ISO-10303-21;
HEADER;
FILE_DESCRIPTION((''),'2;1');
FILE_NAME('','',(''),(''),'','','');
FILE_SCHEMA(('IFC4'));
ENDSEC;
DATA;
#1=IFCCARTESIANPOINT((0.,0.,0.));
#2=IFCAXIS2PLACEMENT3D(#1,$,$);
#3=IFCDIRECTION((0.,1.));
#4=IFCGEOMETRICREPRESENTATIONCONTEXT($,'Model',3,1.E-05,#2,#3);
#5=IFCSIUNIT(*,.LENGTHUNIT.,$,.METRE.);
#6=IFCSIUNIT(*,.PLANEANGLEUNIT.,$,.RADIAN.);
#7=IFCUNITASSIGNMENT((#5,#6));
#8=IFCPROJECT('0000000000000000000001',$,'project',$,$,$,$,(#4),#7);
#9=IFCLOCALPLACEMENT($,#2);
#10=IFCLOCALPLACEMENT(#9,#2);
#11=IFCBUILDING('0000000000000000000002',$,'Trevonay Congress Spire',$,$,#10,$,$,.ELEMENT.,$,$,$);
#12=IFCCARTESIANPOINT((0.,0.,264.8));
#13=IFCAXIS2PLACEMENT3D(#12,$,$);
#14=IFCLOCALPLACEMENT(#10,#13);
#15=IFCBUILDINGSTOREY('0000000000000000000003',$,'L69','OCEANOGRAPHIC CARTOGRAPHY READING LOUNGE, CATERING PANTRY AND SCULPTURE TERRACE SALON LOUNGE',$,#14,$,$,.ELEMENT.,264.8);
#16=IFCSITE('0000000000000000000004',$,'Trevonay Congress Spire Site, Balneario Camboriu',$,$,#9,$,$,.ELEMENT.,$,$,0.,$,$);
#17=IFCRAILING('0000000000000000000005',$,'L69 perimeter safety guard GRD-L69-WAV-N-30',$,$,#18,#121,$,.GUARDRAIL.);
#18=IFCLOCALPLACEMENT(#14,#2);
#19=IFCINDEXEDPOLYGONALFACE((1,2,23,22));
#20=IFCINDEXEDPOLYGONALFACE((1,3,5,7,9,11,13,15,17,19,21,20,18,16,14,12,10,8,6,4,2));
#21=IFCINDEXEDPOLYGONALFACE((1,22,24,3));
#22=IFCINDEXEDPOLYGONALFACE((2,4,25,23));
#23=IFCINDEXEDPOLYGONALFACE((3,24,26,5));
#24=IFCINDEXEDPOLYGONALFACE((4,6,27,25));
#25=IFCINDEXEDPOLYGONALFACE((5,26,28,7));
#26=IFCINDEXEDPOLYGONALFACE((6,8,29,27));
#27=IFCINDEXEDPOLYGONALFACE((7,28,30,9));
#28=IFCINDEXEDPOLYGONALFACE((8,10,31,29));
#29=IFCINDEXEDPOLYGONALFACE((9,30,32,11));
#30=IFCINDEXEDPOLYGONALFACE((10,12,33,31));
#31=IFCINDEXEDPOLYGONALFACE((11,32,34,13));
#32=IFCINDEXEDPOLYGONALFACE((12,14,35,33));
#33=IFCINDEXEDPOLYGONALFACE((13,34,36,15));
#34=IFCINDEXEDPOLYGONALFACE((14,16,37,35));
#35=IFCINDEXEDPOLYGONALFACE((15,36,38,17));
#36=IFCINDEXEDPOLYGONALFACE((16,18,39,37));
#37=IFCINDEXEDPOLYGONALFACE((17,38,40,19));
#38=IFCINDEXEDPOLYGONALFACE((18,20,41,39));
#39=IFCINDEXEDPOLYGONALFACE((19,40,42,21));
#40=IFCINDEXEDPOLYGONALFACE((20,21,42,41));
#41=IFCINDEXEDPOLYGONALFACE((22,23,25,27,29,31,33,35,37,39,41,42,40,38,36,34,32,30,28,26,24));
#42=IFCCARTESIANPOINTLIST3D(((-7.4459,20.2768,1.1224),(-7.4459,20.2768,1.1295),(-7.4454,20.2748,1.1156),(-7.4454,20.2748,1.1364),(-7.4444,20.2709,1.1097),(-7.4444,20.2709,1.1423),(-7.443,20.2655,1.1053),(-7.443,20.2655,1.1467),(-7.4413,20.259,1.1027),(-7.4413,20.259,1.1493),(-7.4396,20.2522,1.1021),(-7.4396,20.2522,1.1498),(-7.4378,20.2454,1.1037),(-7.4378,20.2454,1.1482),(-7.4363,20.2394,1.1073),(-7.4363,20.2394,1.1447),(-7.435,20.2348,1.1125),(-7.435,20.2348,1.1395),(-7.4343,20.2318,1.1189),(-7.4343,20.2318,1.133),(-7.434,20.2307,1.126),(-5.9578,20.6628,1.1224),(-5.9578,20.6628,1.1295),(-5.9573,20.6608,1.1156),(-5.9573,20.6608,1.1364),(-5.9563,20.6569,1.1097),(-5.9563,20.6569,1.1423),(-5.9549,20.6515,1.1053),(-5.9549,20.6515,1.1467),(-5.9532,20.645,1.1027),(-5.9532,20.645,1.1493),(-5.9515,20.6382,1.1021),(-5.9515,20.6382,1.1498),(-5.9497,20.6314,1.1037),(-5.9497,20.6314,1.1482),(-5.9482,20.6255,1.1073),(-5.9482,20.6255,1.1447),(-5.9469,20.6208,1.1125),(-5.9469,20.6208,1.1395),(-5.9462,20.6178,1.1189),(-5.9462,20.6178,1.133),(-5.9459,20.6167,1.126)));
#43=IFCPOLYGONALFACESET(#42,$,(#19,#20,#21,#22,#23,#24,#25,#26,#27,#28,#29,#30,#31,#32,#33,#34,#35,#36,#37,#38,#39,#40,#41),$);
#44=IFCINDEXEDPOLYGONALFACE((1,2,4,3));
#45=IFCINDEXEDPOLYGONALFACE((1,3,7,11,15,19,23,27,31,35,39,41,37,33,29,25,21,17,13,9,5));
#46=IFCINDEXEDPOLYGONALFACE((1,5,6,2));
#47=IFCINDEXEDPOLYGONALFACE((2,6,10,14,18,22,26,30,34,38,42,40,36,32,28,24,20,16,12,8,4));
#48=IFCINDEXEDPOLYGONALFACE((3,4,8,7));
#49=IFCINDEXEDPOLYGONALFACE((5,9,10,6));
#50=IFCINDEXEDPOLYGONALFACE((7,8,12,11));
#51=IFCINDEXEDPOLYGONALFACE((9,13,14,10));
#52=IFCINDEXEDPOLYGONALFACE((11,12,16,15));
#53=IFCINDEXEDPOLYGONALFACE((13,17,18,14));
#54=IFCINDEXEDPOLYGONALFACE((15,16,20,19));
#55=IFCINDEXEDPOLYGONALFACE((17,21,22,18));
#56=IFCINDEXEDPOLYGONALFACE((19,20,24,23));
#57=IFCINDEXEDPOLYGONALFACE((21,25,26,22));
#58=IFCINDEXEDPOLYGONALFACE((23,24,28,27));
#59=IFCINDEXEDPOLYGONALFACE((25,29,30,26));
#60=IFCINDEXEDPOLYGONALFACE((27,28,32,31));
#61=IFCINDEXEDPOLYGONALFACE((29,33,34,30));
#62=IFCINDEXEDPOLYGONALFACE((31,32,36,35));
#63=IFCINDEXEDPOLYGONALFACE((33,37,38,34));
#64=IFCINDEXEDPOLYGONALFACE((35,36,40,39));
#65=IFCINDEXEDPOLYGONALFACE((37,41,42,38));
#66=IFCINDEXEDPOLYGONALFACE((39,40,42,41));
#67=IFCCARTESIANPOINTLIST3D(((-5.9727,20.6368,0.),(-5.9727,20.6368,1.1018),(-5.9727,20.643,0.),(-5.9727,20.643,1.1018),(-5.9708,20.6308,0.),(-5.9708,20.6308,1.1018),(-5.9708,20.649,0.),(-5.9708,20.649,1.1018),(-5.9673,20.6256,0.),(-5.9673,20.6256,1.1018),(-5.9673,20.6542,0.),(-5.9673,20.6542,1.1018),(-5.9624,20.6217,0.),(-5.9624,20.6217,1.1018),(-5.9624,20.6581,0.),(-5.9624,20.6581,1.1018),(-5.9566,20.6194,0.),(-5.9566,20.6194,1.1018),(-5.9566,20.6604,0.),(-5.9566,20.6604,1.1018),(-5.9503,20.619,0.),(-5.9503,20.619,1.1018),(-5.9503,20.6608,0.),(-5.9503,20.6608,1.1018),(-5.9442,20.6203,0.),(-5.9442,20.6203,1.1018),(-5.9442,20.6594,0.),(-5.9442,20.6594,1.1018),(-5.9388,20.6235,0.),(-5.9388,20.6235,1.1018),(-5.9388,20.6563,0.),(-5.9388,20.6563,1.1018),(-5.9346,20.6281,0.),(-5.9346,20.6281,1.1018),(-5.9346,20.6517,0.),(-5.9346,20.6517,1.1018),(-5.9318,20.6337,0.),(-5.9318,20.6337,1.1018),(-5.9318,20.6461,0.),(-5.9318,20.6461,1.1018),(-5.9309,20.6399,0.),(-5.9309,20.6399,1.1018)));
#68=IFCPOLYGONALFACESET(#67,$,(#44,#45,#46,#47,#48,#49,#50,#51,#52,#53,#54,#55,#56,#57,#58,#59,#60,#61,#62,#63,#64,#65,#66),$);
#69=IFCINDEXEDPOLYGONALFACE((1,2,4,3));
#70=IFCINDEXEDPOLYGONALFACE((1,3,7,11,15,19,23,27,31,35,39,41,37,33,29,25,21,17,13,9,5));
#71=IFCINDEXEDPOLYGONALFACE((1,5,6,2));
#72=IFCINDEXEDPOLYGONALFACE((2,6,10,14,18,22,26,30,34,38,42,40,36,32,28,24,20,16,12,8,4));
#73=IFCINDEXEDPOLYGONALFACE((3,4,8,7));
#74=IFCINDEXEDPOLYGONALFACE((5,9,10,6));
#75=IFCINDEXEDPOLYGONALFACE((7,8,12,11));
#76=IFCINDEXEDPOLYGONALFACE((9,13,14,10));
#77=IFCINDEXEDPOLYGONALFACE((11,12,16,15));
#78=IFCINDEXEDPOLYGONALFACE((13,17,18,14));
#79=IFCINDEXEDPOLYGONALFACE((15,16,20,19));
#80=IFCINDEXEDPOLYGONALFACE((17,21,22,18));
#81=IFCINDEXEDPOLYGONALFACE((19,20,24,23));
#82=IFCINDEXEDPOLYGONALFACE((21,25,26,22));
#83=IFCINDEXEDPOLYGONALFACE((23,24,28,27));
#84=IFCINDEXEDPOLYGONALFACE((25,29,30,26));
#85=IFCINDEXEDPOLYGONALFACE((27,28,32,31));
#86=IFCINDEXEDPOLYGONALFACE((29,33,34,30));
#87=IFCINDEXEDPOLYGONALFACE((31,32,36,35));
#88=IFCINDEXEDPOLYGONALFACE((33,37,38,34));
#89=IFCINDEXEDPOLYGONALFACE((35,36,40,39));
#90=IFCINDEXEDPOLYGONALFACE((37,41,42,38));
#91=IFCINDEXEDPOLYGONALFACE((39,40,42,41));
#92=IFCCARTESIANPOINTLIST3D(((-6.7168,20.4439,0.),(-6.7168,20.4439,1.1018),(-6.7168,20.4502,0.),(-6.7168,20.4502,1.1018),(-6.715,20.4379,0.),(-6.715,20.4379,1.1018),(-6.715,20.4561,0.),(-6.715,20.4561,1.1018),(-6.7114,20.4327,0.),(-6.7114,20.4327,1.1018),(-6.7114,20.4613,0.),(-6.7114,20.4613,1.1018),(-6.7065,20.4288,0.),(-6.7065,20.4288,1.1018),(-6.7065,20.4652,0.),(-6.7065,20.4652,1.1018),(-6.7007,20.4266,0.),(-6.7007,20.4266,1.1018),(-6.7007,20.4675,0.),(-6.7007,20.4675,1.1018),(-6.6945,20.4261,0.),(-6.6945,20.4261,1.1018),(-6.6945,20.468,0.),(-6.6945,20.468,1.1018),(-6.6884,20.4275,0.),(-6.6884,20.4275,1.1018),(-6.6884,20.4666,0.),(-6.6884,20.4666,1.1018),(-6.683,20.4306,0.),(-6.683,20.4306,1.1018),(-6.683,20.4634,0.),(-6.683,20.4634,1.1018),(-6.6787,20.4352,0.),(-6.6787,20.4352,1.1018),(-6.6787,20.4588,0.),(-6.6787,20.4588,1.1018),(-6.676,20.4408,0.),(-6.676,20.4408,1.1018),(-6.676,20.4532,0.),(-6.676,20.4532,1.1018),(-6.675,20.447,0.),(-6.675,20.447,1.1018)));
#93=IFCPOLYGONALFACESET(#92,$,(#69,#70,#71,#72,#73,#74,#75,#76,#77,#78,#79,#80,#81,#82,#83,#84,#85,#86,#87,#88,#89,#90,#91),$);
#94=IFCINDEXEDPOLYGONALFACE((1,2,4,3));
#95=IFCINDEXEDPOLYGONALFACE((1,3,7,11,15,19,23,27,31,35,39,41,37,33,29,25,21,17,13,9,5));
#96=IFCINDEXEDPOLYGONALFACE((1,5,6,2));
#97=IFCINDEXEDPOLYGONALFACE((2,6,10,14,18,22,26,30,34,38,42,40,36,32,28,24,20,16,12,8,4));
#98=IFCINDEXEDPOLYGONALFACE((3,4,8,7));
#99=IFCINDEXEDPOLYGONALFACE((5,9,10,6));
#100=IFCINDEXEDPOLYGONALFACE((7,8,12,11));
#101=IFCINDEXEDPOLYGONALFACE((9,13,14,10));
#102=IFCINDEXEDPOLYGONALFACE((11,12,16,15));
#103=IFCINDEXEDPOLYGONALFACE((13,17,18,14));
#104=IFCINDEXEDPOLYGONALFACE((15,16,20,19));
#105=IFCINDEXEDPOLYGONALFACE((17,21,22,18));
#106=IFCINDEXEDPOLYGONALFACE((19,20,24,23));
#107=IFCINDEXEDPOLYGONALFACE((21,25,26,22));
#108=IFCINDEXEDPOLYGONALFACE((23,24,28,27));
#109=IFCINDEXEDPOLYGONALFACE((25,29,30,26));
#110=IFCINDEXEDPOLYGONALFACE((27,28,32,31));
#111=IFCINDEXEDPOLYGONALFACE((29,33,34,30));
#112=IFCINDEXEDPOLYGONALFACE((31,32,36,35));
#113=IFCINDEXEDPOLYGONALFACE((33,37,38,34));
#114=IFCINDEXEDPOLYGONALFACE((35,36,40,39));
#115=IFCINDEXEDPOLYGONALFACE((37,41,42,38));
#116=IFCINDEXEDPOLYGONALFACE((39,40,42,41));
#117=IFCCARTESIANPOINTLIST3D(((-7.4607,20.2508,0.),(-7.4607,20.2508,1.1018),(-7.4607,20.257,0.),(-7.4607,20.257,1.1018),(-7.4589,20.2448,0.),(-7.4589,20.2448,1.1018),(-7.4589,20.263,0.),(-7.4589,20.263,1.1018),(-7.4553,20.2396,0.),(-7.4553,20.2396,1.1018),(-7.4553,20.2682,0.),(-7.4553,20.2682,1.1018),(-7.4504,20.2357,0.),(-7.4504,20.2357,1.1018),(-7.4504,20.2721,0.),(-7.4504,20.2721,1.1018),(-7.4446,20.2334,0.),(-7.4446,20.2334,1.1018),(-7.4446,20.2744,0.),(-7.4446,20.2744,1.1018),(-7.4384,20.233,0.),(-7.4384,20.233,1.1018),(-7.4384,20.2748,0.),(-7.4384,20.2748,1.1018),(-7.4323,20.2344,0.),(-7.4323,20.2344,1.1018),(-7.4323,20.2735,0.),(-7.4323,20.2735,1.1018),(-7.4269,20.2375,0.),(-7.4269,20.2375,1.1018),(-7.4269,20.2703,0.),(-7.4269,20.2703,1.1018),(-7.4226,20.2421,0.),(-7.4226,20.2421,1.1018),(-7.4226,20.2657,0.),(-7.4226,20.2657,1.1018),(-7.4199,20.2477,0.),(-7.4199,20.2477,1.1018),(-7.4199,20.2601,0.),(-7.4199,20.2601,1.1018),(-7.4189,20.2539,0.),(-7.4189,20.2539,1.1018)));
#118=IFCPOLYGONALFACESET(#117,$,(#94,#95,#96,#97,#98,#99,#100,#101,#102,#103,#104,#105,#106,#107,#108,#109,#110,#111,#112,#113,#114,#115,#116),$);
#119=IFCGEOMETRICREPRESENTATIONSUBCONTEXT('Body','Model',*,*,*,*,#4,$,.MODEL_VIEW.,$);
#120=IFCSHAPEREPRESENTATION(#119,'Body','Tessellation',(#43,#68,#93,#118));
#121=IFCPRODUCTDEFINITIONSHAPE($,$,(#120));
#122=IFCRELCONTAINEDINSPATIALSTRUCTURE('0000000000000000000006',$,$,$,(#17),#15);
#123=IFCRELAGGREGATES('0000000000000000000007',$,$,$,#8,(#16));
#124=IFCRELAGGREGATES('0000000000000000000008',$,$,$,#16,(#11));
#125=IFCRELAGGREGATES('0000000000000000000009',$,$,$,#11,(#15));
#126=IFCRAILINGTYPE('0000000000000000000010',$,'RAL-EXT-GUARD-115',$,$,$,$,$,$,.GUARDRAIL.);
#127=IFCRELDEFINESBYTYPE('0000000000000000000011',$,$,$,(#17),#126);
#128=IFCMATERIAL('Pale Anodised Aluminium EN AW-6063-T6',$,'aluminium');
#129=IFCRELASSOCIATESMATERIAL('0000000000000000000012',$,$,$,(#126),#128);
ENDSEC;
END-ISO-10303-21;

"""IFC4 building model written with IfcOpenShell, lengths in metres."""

from ifc_helpers import new_model, si_unit, direction, frame, origin, origin_2d, place, context, subcontext, project, spatial, circle, extrude, material, type_object, element, save


model = new_model("IFC4")

# Units and contexts
model_context = context("Model", 3, precision=1e-05, world=origin(), true_north=direction((0.0, 1.0)))
body_context = subcontext(model_context, "Body", "Model", "MODEL_VIEW")
ifc_project = project(units=[si_unit("LENGTHUNIT", "METRE"), si_unit("PLANEANGLEUNIT", "RADIAN")], contexts=[model_context])

# Site, building, storey
site_placement = place(None, origin())
site = spatial("IfcSite", under=ifc_project, at=site_placement, Name="Trevonay Congress Spire Site, Balneario Camboriu", CompositionType="ELEMENT", RefElevation=0.0)
building_placement = place(site_placement, origin())
building = spatial("IfcBuilding", under=site, at=building_placement, Name="Trevonay Congress Spire", CompositionType="ELEMENT")
storey_placement = place(building_placement, frame((0.0, 0.0, 264.8)))
storey = spatial("IfcBuildingStorey", under=building, at=storey_placement, Name="L69", Description="OCEANOGRAPHIC CARTOGRAPHY READING LOUNGE, CATERING PANTRY AND SCULPTURE TERRACE SALON LOUNGE", CompositionType="ELEMENT", Elevation=264.8)

# Shared definitions
ifc_material_1 = material(Name="Pale Anodised Aluminium EN AW-6063-T6", Category="aluminium")

# Railing
railing_type = type_object("IfcRailingType", Name="RAL-EXT-GUARD-115", PredefinedType="GUARDRAIL", material=ifc_material_1)
railing_1_placement = place(storey_placement, frame((-5.9519, 20.6399, 0.0)))
element("IfcRailing", 1, at=railing_1_placement, inside=storey, type_object=railing_type, Name="L69 perimeter safety guard GRD-L69-WAV-N-30", PredefinedType="GUARDRAIL", context=body_context, shape_type="SweptSolid", body=[
    extrude(circle(Radius=0.0239, at=origin_2d()), frame((0.0, 0.0, 1.126), z_axis=(-0.967965, -0.251083, 0.0), x_axis=(0.251083, -0.967965, 0.0)), (0.0, 0.0, 1.0), 1.5374),
    extrude(circle(Radius=0.021, at=origin_2d()), origin(), (0.0, 0.0, 1.0), 1.1018),
    extrude(circle(Radius=0.021, at=origin_2d()), frame((-0.7441, -0.1929, 0.0)), (0.0, 0.0, 1.0), 1.1018),
    extrude(circle(Radius=0.021, at=origin_2d()), frame((-1.488, -0.386, 0.0)), (0.0, 0.0, 1.0), 1.1018),
])

save(model, "model.ifc")
